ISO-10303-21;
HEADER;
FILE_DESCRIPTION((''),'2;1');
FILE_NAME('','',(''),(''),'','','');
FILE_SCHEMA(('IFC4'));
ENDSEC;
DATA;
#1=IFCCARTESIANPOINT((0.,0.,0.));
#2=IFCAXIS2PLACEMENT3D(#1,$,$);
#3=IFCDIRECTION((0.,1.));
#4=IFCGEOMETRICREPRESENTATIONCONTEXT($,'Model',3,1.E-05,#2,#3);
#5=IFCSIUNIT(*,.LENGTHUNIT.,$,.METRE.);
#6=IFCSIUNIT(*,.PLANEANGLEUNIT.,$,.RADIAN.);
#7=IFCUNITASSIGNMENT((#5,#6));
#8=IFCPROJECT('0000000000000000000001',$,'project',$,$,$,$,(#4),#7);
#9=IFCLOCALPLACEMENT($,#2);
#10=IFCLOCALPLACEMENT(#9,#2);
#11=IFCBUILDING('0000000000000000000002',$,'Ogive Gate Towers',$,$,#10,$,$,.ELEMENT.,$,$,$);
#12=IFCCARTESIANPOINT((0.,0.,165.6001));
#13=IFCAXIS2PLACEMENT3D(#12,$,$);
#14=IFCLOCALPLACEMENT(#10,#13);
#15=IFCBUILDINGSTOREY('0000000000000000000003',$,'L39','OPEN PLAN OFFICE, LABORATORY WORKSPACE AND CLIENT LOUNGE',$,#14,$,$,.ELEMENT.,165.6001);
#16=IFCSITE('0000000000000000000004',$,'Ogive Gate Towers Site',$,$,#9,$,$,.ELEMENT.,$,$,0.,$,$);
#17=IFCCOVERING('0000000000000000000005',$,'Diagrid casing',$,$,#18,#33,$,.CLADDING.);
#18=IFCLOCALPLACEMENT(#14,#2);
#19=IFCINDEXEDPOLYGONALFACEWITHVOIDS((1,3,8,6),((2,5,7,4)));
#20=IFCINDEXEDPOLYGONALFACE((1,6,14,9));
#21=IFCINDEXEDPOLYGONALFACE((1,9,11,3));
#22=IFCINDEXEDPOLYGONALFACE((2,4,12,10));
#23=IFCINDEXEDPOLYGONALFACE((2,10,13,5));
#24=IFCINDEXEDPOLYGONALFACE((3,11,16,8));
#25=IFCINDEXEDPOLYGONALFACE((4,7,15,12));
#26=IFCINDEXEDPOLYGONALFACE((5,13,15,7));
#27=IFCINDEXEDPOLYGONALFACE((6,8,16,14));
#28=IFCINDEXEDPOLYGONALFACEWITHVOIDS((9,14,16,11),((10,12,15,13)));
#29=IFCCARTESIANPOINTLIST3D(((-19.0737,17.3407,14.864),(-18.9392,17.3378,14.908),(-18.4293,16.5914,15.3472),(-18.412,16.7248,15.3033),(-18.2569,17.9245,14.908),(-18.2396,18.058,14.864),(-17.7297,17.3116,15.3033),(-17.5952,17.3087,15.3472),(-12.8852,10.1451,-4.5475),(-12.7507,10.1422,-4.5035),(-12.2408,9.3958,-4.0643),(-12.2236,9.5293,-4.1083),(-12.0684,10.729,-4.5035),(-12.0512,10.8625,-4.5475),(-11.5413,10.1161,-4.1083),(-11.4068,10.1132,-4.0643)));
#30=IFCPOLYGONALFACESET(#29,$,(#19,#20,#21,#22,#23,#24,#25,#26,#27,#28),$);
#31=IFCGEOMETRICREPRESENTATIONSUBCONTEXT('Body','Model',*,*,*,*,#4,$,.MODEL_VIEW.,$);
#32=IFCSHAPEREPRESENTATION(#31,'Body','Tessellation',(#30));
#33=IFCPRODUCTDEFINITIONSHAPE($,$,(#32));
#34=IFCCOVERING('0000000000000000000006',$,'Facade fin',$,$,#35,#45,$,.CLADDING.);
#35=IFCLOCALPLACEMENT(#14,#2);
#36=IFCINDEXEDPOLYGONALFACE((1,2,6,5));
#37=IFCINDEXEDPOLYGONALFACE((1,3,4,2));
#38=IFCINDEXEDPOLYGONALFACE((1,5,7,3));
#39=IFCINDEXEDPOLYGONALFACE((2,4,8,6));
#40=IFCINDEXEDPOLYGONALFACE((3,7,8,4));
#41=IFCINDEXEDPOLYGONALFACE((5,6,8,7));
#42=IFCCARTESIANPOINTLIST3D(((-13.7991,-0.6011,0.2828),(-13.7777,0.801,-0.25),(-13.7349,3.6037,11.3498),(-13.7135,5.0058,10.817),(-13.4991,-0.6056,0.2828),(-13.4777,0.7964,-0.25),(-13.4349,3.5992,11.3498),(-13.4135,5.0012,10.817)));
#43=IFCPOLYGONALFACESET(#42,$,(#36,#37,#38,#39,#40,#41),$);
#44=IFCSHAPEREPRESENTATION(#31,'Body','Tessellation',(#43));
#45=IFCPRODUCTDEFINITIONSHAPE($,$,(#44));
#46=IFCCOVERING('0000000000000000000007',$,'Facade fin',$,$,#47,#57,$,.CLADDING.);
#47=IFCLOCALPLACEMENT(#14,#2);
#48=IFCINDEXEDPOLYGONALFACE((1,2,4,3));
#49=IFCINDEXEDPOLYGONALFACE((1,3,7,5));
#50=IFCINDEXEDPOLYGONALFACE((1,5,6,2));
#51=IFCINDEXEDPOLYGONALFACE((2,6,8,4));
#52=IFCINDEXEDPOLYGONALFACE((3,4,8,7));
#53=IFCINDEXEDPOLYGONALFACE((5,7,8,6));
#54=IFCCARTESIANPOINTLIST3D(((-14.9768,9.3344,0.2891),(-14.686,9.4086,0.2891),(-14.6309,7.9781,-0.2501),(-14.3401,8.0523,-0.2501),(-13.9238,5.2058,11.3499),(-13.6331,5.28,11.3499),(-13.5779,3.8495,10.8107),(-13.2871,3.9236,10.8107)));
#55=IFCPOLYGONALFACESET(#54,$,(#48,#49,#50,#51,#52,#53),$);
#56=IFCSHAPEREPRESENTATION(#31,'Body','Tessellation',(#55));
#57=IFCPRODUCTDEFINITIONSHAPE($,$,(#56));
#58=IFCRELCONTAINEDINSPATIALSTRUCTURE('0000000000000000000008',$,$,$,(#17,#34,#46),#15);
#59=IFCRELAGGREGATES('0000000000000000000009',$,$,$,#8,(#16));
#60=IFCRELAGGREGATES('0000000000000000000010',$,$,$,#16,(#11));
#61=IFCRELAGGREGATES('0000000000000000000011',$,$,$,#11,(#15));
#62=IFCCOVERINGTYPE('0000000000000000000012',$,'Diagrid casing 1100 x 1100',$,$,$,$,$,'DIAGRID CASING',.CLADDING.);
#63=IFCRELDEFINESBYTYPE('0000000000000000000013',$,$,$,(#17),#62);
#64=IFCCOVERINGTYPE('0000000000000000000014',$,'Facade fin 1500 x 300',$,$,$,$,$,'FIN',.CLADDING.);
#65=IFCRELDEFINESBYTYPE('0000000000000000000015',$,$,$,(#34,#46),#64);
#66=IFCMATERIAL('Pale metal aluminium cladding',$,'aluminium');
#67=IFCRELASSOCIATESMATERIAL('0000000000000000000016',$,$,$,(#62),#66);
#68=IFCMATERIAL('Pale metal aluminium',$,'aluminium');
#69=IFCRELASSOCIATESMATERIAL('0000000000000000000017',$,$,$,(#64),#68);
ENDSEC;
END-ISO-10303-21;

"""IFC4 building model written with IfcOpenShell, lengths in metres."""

from ifc_helpers import new_model, si_unit, direction, frame, origin, origin_2d, place, context, subcontext, project, spatial, rectangle, hollow_rectangle, extrude, material, material_profile, profile_set, type_object, element, save


model = new_model("IFC4")

# Units and contexts
model_context = context("Model", 3, precision=1e-05, world=origin(), true_north=direction((0.0, 1.0)))
body_context = subcontext(model_context, "Body", "Model", "MODEL_VIEW")
ifc_project = project(units=[si_unit("LENGTHUNIT", "METRE"), si_unit("PLANEANGLEUNIT", "RADIAN")], contexts=[model_context])

# Site, building, storey
site_placement = place(None, origin())
site = spatial("IfcSite", under=ifc_project, at=site_placement, Name="Ogive Gate Towers Site", CompositionType="ELEMENT", RefElevation=0.0)
building_placement = place(site_placement, origin())
building = spatial("IfcBuilding", under=site, at=building_placement, Name="Ogive Gate Towers", CompositionType="ELEMENT")
storey_placement = place(building_placement, frame((0.0, 0.0, 165.6001)))
storey = spatial("IfcBuildingStorey", under=building, at=storey_placement, Name="L39", Description="OPEN PLAN OFFICE, LABORATORY WORKSPACE AND CLIENT LOUNGE", CompositionType="ELEMENT", Elevation=165.6001)

# Shared definitions
ifc_material_1 = material(Name="Pale metal aluminium", Category="aluminium")

# Coverings
ifc_material_2 = material(Name="Pale metal aluminium cladding", Category="aluminium")
ifc_material_profile_1 = material_profile(ifc_material_2, hollow_rectangle(XDim=1.1001, YDim=1.1001, WallThickness=0.1001, at=origin_2d()), Name="1100 x 1100 pale metal casing")
ifc_profile_set_1 = profile_set([ifc_material_profile_1], Name="Pale metal aluminium cladding")
covering_type_1 = type_object("IfcCoveringType", Name="Diagrid casing 1100 x 1100", ElementType="DIAGRID CASING", PredefinedType="CLADDING", material=ifc_profile_set_1)
covering_1_placement = place(storey_placement, frame((-12.146, 10.1292, -4.3059), z_axis=(-0.286404, 0.333012, 0.898374), x_axis=(-0.75817, -0.652057, 0.0)))
element("IfcCovering", 1, at=covering_1_placement, inside=storey, type_object=covering_type_1, Name="Diagrid casing", PredefinedType="CLADDING", context=body_context, shape_type="SweptSolid", body=[
    extrude(hollow_rectangle(XDim=1.1001, YDim=1.1001, WallThickness=0.1001, at=origin_2d()), origin(), (0.0, 0.0, 1.0), 21.6074),
])
ifc_material_profile_2 = material_profile(ifc_material_1, rectangle(XDim=0.3, YDim=1.5, at=origin_2d()), Name="1500 x 300 pale metal aluminium")
ifc_profile_set_2 = profile_set([ifc_material_profile_2], Name="Pale metal aluminium")
covering_type_2 = type_object("IfcCoveringType", Name="Facade fin 1500 x 300", ElementType="FIN", PredefinedType="CLADDING", material=ifc_profile_set_2)
covering_2_placement = place(storey_placement, frame((-13.6384, 0.0977, 0.0164), z_axis=(0.005423, 0.355162, 0.934789), x_axis=(-0.999883, 0.015268, 0.0)))
element("IfcCovering", 2, at=covering_2_placement, inside=storey, type_object=covering_type_2, Name="Facade fin", PredefinedType="CLADDING", context=body_context, shape_type="SweptSolid", body=[
    extrude(rectangle(XDim=0.3, YDim=1.5, at=origin_2d()), origin(), (0.0, 0.0, 1.0), 11.8391),
])
covering_3_placement = place(storey_placement, frame((-14.6584, 8.6934, 0.0195), z_axis=(0.088836, -0.34832, 0.933157), x_axis=(0.968982, 0.24713, 0.0)))
element("IfcCovering", 3, at=covering_3_placement, inside=storey, type_object=covering_type_2, Name="Facade fin", PredefinedType="CLADDING", context=body_context, shape_type="SweptSolid", body=[
    extrude(rectangle(XDim=0.3, YDim=1.5, at=origin_2d()), origin(), (0.0, 0.0, 1.0), 11.853),
])

save(model, "model.ifc")
